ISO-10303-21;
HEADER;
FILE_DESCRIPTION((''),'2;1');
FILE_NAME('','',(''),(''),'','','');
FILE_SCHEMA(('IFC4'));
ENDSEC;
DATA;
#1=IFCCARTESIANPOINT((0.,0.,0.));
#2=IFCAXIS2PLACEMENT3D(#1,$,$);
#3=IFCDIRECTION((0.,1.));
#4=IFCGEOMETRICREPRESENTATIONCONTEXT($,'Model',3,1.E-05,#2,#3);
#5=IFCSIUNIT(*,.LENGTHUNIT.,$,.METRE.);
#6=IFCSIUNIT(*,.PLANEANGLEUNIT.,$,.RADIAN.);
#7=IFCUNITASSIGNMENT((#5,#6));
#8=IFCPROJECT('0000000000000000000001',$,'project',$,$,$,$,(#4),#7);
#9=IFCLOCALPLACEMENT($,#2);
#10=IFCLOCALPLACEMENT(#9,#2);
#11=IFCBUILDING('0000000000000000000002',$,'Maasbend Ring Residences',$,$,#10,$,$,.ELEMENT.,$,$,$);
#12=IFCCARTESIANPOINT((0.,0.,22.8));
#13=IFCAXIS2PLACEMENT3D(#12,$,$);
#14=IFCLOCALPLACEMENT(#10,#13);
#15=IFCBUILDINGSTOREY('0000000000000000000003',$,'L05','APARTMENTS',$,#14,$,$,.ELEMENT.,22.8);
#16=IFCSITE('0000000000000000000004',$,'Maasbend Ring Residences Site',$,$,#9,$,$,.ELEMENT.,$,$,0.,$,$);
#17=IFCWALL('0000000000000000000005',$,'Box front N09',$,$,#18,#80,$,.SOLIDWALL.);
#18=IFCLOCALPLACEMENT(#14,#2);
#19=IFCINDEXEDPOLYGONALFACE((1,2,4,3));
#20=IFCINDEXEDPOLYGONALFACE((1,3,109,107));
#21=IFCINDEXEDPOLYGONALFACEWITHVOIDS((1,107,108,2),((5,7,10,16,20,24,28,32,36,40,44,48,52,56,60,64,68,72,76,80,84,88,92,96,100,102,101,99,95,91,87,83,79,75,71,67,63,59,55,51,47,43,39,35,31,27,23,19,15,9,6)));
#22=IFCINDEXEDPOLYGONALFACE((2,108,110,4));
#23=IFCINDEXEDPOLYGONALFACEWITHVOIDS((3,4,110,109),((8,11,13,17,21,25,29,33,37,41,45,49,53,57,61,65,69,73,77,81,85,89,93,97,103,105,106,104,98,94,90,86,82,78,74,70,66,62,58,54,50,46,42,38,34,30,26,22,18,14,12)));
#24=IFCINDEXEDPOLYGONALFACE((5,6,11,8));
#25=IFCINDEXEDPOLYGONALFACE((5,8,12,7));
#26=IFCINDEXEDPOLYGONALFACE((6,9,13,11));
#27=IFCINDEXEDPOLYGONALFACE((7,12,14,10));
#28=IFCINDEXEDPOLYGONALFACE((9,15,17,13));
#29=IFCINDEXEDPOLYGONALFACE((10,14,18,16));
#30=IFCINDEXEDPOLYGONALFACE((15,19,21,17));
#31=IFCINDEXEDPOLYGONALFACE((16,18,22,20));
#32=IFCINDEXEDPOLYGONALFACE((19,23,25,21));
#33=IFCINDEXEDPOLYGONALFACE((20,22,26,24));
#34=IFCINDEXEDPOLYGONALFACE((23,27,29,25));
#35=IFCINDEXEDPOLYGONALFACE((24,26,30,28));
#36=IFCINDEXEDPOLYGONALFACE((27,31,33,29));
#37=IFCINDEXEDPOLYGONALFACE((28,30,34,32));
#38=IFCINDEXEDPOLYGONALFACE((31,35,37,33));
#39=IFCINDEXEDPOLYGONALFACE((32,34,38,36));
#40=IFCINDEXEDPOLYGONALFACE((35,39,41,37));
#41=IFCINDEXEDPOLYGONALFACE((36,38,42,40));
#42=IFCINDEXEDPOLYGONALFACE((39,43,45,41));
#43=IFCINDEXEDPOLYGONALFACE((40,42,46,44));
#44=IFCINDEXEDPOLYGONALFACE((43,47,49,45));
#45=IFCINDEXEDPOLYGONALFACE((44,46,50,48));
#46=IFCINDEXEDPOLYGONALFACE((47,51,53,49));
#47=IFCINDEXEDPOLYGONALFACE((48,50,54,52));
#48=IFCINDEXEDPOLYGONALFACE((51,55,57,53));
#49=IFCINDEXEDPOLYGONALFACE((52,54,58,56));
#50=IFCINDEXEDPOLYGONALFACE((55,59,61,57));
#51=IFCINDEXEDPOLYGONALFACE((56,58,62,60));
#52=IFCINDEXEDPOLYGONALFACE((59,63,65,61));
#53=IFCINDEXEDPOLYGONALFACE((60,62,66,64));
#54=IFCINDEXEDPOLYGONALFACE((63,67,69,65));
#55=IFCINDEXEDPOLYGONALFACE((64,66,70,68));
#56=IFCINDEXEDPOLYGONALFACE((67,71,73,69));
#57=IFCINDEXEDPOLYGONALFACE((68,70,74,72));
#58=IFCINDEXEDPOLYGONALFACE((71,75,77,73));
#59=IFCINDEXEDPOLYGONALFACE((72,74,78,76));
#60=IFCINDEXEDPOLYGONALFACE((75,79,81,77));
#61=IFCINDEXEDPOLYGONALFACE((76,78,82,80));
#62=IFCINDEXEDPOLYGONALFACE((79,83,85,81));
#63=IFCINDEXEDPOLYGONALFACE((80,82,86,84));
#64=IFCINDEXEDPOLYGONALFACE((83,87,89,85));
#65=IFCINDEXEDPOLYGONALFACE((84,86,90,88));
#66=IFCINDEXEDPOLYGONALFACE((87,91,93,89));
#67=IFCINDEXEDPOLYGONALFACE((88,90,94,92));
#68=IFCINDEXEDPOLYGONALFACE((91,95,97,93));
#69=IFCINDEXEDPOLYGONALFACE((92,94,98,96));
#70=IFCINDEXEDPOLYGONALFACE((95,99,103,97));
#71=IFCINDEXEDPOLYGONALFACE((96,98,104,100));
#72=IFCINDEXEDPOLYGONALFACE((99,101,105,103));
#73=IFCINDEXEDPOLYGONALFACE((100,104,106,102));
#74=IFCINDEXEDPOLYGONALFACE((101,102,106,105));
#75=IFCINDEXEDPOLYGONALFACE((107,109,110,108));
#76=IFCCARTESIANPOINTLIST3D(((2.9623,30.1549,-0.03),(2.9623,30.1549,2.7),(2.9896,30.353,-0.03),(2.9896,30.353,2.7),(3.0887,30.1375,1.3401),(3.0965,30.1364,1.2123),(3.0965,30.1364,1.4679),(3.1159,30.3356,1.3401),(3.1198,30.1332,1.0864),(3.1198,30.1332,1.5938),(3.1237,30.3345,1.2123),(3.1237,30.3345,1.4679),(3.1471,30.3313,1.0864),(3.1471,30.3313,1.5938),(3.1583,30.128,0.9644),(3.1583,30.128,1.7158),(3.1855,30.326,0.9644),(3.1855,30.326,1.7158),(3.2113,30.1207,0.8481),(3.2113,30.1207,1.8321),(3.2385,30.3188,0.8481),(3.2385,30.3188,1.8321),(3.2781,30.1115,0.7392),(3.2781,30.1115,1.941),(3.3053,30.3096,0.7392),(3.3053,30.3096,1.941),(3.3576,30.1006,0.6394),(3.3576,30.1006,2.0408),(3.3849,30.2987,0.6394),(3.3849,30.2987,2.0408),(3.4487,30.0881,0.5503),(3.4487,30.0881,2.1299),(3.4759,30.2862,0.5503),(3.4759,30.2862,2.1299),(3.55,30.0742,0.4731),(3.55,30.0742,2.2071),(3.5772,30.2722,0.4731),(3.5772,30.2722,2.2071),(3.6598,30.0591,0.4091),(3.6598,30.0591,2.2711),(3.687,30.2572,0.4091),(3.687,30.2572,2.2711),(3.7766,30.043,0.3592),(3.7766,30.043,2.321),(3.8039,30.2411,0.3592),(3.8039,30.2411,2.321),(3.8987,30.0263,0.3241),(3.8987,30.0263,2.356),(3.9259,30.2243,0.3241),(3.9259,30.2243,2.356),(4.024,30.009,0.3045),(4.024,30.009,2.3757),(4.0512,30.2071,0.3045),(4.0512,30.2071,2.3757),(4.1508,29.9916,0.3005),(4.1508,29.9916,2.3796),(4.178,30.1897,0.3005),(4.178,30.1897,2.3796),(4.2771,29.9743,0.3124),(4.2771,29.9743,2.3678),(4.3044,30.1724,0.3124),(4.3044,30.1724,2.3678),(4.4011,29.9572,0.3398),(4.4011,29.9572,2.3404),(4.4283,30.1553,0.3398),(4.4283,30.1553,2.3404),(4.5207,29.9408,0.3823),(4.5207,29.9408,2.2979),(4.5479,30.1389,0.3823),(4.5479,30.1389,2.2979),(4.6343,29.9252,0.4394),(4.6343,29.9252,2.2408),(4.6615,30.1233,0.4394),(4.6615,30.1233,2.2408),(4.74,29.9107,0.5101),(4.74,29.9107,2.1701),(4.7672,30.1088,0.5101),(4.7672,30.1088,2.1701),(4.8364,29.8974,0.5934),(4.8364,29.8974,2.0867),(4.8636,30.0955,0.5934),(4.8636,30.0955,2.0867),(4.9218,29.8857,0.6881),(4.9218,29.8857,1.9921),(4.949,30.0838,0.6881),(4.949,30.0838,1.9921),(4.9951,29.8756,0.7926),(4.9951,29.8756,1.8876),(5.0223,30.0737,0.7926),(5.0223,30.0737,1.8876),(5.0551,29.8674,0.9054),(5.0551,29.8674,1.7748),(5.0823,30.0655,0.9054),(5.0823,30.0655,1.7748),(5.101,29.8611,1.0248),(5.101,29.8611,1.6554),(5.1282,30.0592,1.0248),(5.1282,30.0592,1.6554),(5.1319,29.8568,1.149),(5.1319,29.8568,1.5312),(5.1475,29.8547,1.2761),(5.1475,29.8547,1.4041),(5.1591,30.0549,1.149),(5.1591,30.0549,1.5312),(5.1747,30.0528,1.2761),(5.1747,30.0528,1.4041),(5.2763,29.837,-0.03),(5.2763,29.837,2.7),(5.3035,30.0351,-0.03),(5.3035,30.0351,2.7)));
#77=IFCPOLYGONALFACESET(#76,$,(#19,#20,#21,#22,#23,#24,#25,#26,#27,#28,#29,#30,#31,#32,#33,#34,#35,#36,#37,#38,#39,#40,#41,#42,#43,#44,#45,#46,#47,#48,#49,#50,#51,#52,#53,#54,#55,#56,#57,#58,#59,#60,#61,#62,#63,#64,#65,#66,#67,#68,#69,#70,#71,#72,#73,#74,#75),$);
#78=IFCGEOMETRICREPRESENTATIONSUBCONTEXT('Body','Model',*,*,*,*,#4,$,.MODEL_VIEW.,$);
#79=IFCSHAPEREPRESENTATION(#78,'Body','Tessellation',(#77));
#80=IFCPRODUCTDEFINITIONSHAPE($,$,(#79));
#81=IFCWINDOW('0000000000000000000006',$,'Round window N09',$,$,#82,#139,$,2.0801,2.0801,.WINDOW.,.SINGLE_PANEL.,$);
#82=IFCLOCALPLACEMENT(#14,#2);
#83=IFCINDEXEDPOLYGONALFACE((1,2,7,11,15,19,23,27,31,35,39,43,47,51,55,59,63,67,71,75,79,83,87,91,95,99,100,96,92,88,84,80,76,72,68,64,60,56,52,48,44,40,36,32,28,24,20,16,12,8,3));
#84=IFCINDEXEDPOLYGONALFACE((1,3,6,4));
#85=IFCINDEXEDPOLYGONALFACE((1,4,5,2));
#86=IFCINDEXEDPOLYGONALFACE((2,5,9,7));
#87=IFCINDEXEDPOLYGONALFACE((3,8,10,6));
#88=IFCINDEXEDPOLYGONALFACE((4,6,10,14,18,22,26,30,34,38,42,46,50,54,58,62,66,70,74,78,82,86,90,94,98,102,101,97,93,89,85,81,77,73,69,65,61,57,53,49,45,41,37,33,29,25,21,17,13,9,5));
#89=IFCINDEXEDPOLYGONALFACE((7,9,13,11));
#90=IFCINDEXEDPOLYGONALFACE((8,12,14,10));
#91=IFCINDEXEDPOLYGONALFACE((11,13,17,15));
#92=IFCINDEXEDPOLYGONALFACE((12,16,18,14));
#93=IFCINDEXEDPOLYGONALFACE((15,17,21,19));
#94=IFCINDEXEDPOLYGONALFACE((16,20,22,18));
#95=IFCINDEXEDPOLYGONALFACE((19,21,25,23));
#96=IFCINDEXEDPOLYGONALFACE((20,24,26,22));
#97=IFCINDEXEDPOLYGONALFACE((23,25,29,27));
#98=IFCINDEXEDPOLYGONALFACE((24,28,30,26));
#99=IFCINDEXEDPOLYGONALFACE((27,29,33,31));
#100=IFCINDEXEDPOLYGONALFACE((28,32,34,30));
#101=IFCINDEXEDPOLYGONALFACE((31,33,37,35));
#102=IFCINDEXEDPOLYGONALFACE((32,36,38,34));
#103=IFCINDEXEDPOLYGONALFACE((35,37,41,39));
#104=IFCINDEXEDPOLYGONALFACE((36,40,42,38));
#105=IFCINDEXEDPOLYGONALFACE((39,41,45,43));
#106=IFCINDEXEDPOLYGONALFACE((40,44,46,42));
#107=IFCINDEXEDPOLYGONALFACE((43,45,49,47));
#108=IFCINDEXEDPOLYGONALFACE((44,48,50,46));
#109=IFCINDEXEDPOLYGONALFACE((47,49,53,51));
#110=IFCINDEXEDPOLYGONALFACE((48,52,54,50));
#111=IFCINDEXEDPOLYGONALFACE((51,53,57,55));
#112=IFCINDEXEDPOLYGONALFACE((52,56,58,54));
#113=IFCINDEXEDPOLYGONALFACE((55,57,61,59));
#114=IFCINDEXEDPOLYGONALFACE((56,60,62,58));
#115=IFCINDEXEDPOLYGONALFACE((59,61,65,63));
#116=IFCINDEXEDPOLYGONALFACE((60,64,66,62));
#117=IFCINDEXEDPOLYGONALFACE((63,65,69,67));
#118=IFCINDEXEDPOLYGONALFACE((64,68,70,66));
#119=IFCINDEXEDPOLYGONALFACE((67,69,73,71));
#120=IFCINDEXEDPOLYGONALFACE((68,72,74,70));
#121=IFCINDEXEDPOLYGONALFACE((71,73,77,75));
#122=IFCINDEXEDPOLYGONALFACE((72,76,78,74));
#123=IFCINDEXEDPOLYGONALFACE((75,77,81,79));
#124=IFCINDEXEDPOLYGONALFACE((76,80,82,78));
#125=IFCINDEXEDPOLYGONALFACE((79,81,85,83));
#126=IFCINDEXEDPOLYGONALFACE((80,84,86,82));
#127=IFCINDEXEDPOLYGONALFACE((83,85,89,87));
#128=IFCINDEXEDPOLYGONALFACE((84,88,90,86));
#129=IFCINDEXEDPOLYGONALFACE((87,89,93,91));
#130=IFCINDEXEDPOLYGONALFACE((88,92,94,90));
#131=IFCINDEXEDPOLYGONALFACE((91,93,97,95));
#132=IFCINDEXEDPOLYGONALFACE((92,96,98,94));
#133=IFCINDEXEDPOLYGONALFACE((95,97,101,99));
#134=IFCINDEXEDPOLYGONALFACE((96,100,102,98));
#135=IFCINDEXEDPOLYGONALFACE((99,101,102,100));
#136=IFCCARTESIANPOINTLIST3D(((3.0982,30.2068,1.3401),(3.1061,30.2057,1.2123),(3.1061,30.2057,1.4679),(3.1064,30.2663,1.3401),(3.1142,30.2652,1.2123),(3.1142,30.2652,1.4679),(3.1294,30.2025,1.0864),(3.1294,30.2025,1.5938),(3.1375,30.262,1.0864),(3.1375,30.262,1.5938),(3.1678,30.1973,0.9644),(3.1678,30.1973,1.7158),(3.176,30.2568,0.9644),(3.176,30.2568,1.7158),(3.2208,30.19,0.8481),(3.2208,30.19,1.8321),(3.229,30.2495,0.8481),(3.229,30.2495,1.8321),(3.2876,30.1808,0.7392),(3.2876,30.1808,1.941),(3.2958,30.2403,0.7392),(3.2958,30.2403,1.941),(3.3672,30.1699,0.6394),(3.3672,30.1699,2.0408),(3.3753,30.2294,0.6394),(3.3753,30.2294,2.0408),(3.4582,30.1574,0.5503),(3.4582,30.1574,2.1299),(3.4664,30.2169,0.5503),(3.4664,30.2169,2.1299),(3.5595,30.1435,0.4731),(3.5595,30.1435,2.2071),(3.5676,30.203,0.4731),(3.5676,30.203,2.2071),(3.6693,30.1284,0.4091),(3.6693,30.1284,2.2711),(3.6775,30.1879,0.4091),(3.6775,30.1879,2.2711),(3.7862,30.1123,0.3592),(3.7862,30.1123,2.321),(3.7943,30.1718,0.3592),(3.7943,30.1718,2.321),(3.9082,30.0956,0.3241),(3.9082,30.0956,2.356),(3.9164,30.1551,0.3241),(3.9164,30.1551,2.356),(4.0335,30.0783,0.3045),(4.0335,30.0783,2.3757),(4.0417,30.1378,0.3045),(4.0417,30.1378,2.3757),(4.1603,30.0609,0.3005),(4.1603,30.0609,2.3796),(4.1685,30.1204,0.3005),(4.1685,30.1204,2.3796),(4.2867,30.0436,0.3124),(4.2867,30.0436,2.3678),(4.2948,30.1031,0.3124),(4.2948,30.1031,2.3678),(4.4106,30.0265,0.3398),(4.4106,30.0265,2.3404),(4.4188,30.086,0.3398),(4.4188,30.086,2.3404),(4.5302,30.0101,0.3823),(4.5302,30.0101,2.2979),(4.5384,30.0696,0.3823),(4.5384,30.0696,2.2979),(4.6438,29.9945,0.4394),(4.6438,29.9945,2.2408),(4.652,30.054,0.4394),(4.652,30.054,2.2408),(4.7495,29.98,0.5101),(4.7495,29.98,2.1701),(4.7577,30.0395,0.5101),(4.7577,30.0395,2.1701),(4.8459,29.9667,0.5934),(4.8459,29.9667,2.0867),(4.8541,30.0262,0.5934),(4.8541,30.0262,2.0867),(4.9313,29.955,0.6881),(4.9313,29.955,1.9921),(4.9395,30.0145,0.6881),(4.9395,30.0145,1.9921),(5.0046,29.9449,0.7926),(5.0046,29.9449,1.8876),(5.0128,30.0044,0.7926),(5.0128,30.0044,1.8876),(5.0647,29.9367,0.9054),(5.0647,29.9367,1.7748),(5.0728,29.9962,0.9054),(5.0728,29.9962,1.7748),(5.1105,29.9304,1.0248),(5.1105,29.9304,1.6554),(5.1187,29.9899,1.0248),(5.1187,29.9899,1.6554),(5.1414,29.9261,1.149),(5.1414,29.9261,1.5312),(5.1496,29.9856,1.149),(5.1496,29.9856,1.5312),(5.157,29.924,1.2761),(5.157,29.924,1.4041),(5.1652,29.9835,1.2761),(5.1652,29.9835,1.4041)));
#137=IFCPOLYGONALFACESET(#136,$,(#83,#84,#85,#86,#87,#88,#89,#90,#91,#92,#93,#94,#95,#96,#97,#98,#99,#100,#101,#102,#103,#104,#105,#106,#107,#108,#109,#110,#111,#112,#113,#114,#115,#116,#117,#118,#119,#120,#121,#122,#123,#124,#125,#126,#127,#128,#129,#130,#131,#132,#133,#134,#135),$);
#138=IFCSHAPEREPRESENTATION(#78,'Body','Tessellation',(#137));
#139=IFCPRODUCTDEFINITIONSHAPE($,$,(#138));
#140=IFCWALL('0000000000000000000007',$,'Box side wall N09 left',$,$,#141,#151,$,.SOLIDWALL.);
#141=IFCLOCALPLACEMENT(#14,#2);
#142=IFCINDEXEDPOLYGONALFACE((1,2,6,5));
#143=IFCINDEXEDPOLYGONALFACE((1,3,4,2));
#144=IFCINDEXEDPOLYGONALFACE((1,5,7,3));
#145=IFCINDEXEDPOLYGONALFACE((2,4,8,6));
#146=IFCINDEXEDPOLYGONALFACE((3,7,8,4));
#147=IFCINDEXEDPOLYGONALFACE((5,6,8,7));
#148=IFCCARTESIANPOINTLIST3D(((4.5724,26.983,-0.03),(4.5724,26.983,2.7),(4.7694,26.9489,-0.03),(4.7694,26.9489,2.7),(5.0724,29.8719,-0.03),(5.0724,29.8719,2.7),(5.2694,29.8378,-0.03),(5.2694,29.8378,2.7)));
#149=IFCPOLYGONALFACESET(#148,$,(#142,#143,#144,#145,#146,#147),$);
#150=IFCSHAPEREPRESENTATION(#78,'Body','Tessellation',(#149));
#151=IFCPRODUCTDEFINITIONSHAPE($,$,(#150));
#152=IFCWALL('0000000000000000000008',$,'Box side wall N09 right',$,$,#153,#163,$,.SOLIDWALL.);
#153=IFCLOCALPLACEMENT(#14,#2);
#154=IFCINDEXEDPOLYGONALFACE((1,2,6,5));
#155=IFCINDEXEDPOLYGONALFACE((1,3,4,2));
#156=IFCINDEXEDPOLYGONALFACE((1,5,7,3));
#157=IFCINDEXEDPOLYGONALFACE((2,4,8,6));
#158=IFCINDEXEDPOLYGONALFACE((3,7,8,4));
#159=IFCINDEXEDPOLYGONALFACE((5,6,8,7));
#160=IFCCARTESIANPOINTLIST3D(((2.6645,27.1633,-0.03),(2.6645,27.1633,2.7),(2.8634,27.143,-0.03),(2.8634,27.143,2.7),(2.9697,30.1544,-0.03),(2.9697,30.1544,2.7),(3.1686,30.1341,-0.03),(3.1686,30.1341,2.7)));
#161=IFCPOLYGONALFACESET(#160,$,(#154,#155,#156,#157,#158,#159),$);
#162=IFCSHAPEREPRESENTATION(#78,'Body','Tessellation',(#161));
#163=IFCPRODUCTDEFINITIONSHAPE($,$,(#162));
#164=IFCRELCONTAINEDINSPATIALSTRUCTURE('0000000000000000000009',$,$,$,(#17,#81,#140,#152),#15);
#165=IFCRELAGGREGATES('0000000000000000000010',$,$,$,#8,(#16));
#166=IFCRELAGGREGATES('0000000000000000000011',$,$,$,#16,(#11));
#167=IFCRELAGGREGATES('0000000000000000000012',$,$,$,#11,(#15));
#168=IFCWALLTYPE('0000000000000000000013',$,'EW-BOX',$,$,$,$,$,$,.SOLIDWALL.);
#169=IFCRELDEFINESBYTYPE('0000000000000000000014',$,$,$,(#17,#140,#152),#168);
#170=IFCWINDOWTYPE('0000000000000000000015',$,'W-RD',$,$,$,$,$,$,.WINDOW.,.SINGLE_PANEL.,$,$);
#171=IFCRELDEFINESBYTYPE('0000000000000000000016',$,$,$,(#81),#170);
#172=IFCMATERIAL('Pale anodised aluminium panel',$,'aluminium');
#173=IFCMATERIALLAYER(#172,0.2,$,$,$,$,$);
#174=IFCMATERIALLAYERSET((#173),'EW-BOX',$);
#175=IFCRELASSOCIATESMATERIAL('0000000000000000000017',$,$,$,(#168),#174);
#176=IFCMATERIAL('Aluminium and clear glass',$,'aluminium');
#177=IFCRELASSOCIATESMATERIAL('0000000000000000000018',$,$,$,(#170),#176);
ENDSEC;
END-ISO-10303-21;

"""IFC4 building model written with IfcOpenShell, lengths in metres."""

from ifc_helpers import new_model, si_unit, direction, frame, frame_2d, origin, place, context, subcontext, project, spatial, rectangle, circle, extrude, material, layer, layer_set, type_object, element, fill, save


model = new_model("IFC4")

# Units and contexts
model_context = context("Model", 3, precision=1e-05, world=origin(), true_north=direction((0.0, 1.0)))
body_context = subcontext(model_context, "Body", "Model", "MODEL_VIEW")
ifc_project = project(units=[si_unit("LENGTHUNIT", "METRE"), si_unit("PLANEANGLEUNIT", "RADIAN")], contexts=[model_context])

# Site, building, storey
site_placement = place(None, origin())
site = spatial("IfcSite", under=ifc_project, at=site_placement, Name="Maasbend Ring Residences Site", CompositionType="ELEMENT", RefElevation=0.0)
building_placement = place(site_placement, origin())
building = spatial("IfcBuilding", under=site, at=building_placement, Name="Maasbend Ring Residences", CompositionType="ELEMENT")
storey_placement = place(building_placement, frame((0.0, 0.0, 22.8)))
storey = spatial("IfcBuildingStorey", under=building, at=storey_placement, Name="L05", Description="APARTMENTS", CompositionType="ELEMENT", Elevation=22.8)

# Shared definitions
ifc_material_1 = material(Name="Pale anodised aluminium panel", Category="aluminium")
ifc_layer_1 = layer(ifc_material_1, 0.2)
ifc_layer_set_1 = layer_set([ifc_layer_1], Name="EW-BOX")
wall_type_1 = type_object("IfcWallType", Name="EW-BOX", PredefinedType="SOLIDWALL", material=ifc_layer_set_1)

# Wall, opening, window
wall_1_placement = place(storey_placement, frame((5.29, 29.936, -0.03), z_axis=(0.0, 0.0, 1.0), x_axis=(-0.990696, 0.136093, 0.0)))
wall_1 = element("IfcWall", 1, at=wall_1_placement, inside=storey, type_object=wall_type_1, Name="Box front N09", PredefinedType="SOLIDWALL", context=body_context, shape_type="SweptSolid", body=[
    extrude(rectangle(XDim=2.3357, YDim=0.2, at=frame_2d((1.168, 0.0))), origin(), (0.0, 0.0, 1.0), 2.73),
])
opening_1_placement = place(wall_1_placement, frame((0.1282, 0.0, 0.3301)))
opening_1 = element("IfcOpeningElement", 2, at=opening_1_placement, cuts=wall_1, PredefinedType="OPENING", context=body_context, shape_type="SweptSolid", body=[
    extrude(circle(Radius=1.04, at=frame_2d((1.04, 1.04))), frame((0.0, 0.1099, 0.0), z_axis=(0.0, -1.0, 0.0), x_axis=(1.0, 0.0, 0.0)), (0.0, 0.0, 1.0), 0.22),
])
ifc_material_2 = material(Name="Aluminium and clear glass", Category="aluminium")
window_type_1 = type_object("IfcWindowType", Name="W-RD", PartitioningType="SINGLE_PANEL", PredefinedType="WINDOW", material=ifc_material_2)
window_1_placement = place(opening_1_placement, origin())
window_1 = element("IfcWindow", 3, at=window_1_placement, inside=storey, type_object=window_type_1, Name="Round window N09", OverallHeight=2.0801, OverallWidth=2.0801, PartitioningType="SINGLE_PANEL", PredefinedType="WINDOW", context=body_context, shape_type="SweptSolid", body=[
    extrude(circle(Radius=1.04, at=frame_2d((1.04, 1.04))), frame((0.0, 0.03, 0.0), z_axis=(0.0, -1.0, 0.0), x_axis=(1.0, 0.0, 0.0)), (0.0, 0.0, 1.0), 0.0601),
])
fill(opening_1, window_1)

# Walls
wall_2_placement = place(storey_placement, frame((4.6709, 26.9661, -0.03), z_axis=(0.0, 0.0, 1.0), x_axis=(0.17054, 0.985351, 0.0)))
element("IfcWall", 4, at=wall_2_placement, inside=storey, type_object=wall_type_1, Name="Box side wall N09 left", PredefinedType="SOLIDWALL", context=body_context, shape_type="SweptSolid", body=[
    extrude(rectangle(XDim=2.9319, YDim=0.2, at=frame_2d((1.4658, 0.0))), origin(), (0.0, 0.0, 1.0), 2.73),
])
wall_3_placement = place(storey_placement, frame((2.7639, 27.1531, -0.03), z_axis=(0.0, 0.0, 1.0), x_axis=(0.101505, 0.994835, 0.0)))
element("IfcWall", 5, at=wall_3_placement, inside=storey, type_object=wall_type_1, Name="Box side wall N09 right", PredefinedType="SOLIDWALL", context=body_context, shape_type="SweptSolid", body=[
    extrude(rectangle(XDim=3.0066, YDim=0.2, at=frame_2d((1.5034, 0.0))), origin(), (0.0, 0.0, 1.0), 2.73),
])

save(model, "model.ifc")
